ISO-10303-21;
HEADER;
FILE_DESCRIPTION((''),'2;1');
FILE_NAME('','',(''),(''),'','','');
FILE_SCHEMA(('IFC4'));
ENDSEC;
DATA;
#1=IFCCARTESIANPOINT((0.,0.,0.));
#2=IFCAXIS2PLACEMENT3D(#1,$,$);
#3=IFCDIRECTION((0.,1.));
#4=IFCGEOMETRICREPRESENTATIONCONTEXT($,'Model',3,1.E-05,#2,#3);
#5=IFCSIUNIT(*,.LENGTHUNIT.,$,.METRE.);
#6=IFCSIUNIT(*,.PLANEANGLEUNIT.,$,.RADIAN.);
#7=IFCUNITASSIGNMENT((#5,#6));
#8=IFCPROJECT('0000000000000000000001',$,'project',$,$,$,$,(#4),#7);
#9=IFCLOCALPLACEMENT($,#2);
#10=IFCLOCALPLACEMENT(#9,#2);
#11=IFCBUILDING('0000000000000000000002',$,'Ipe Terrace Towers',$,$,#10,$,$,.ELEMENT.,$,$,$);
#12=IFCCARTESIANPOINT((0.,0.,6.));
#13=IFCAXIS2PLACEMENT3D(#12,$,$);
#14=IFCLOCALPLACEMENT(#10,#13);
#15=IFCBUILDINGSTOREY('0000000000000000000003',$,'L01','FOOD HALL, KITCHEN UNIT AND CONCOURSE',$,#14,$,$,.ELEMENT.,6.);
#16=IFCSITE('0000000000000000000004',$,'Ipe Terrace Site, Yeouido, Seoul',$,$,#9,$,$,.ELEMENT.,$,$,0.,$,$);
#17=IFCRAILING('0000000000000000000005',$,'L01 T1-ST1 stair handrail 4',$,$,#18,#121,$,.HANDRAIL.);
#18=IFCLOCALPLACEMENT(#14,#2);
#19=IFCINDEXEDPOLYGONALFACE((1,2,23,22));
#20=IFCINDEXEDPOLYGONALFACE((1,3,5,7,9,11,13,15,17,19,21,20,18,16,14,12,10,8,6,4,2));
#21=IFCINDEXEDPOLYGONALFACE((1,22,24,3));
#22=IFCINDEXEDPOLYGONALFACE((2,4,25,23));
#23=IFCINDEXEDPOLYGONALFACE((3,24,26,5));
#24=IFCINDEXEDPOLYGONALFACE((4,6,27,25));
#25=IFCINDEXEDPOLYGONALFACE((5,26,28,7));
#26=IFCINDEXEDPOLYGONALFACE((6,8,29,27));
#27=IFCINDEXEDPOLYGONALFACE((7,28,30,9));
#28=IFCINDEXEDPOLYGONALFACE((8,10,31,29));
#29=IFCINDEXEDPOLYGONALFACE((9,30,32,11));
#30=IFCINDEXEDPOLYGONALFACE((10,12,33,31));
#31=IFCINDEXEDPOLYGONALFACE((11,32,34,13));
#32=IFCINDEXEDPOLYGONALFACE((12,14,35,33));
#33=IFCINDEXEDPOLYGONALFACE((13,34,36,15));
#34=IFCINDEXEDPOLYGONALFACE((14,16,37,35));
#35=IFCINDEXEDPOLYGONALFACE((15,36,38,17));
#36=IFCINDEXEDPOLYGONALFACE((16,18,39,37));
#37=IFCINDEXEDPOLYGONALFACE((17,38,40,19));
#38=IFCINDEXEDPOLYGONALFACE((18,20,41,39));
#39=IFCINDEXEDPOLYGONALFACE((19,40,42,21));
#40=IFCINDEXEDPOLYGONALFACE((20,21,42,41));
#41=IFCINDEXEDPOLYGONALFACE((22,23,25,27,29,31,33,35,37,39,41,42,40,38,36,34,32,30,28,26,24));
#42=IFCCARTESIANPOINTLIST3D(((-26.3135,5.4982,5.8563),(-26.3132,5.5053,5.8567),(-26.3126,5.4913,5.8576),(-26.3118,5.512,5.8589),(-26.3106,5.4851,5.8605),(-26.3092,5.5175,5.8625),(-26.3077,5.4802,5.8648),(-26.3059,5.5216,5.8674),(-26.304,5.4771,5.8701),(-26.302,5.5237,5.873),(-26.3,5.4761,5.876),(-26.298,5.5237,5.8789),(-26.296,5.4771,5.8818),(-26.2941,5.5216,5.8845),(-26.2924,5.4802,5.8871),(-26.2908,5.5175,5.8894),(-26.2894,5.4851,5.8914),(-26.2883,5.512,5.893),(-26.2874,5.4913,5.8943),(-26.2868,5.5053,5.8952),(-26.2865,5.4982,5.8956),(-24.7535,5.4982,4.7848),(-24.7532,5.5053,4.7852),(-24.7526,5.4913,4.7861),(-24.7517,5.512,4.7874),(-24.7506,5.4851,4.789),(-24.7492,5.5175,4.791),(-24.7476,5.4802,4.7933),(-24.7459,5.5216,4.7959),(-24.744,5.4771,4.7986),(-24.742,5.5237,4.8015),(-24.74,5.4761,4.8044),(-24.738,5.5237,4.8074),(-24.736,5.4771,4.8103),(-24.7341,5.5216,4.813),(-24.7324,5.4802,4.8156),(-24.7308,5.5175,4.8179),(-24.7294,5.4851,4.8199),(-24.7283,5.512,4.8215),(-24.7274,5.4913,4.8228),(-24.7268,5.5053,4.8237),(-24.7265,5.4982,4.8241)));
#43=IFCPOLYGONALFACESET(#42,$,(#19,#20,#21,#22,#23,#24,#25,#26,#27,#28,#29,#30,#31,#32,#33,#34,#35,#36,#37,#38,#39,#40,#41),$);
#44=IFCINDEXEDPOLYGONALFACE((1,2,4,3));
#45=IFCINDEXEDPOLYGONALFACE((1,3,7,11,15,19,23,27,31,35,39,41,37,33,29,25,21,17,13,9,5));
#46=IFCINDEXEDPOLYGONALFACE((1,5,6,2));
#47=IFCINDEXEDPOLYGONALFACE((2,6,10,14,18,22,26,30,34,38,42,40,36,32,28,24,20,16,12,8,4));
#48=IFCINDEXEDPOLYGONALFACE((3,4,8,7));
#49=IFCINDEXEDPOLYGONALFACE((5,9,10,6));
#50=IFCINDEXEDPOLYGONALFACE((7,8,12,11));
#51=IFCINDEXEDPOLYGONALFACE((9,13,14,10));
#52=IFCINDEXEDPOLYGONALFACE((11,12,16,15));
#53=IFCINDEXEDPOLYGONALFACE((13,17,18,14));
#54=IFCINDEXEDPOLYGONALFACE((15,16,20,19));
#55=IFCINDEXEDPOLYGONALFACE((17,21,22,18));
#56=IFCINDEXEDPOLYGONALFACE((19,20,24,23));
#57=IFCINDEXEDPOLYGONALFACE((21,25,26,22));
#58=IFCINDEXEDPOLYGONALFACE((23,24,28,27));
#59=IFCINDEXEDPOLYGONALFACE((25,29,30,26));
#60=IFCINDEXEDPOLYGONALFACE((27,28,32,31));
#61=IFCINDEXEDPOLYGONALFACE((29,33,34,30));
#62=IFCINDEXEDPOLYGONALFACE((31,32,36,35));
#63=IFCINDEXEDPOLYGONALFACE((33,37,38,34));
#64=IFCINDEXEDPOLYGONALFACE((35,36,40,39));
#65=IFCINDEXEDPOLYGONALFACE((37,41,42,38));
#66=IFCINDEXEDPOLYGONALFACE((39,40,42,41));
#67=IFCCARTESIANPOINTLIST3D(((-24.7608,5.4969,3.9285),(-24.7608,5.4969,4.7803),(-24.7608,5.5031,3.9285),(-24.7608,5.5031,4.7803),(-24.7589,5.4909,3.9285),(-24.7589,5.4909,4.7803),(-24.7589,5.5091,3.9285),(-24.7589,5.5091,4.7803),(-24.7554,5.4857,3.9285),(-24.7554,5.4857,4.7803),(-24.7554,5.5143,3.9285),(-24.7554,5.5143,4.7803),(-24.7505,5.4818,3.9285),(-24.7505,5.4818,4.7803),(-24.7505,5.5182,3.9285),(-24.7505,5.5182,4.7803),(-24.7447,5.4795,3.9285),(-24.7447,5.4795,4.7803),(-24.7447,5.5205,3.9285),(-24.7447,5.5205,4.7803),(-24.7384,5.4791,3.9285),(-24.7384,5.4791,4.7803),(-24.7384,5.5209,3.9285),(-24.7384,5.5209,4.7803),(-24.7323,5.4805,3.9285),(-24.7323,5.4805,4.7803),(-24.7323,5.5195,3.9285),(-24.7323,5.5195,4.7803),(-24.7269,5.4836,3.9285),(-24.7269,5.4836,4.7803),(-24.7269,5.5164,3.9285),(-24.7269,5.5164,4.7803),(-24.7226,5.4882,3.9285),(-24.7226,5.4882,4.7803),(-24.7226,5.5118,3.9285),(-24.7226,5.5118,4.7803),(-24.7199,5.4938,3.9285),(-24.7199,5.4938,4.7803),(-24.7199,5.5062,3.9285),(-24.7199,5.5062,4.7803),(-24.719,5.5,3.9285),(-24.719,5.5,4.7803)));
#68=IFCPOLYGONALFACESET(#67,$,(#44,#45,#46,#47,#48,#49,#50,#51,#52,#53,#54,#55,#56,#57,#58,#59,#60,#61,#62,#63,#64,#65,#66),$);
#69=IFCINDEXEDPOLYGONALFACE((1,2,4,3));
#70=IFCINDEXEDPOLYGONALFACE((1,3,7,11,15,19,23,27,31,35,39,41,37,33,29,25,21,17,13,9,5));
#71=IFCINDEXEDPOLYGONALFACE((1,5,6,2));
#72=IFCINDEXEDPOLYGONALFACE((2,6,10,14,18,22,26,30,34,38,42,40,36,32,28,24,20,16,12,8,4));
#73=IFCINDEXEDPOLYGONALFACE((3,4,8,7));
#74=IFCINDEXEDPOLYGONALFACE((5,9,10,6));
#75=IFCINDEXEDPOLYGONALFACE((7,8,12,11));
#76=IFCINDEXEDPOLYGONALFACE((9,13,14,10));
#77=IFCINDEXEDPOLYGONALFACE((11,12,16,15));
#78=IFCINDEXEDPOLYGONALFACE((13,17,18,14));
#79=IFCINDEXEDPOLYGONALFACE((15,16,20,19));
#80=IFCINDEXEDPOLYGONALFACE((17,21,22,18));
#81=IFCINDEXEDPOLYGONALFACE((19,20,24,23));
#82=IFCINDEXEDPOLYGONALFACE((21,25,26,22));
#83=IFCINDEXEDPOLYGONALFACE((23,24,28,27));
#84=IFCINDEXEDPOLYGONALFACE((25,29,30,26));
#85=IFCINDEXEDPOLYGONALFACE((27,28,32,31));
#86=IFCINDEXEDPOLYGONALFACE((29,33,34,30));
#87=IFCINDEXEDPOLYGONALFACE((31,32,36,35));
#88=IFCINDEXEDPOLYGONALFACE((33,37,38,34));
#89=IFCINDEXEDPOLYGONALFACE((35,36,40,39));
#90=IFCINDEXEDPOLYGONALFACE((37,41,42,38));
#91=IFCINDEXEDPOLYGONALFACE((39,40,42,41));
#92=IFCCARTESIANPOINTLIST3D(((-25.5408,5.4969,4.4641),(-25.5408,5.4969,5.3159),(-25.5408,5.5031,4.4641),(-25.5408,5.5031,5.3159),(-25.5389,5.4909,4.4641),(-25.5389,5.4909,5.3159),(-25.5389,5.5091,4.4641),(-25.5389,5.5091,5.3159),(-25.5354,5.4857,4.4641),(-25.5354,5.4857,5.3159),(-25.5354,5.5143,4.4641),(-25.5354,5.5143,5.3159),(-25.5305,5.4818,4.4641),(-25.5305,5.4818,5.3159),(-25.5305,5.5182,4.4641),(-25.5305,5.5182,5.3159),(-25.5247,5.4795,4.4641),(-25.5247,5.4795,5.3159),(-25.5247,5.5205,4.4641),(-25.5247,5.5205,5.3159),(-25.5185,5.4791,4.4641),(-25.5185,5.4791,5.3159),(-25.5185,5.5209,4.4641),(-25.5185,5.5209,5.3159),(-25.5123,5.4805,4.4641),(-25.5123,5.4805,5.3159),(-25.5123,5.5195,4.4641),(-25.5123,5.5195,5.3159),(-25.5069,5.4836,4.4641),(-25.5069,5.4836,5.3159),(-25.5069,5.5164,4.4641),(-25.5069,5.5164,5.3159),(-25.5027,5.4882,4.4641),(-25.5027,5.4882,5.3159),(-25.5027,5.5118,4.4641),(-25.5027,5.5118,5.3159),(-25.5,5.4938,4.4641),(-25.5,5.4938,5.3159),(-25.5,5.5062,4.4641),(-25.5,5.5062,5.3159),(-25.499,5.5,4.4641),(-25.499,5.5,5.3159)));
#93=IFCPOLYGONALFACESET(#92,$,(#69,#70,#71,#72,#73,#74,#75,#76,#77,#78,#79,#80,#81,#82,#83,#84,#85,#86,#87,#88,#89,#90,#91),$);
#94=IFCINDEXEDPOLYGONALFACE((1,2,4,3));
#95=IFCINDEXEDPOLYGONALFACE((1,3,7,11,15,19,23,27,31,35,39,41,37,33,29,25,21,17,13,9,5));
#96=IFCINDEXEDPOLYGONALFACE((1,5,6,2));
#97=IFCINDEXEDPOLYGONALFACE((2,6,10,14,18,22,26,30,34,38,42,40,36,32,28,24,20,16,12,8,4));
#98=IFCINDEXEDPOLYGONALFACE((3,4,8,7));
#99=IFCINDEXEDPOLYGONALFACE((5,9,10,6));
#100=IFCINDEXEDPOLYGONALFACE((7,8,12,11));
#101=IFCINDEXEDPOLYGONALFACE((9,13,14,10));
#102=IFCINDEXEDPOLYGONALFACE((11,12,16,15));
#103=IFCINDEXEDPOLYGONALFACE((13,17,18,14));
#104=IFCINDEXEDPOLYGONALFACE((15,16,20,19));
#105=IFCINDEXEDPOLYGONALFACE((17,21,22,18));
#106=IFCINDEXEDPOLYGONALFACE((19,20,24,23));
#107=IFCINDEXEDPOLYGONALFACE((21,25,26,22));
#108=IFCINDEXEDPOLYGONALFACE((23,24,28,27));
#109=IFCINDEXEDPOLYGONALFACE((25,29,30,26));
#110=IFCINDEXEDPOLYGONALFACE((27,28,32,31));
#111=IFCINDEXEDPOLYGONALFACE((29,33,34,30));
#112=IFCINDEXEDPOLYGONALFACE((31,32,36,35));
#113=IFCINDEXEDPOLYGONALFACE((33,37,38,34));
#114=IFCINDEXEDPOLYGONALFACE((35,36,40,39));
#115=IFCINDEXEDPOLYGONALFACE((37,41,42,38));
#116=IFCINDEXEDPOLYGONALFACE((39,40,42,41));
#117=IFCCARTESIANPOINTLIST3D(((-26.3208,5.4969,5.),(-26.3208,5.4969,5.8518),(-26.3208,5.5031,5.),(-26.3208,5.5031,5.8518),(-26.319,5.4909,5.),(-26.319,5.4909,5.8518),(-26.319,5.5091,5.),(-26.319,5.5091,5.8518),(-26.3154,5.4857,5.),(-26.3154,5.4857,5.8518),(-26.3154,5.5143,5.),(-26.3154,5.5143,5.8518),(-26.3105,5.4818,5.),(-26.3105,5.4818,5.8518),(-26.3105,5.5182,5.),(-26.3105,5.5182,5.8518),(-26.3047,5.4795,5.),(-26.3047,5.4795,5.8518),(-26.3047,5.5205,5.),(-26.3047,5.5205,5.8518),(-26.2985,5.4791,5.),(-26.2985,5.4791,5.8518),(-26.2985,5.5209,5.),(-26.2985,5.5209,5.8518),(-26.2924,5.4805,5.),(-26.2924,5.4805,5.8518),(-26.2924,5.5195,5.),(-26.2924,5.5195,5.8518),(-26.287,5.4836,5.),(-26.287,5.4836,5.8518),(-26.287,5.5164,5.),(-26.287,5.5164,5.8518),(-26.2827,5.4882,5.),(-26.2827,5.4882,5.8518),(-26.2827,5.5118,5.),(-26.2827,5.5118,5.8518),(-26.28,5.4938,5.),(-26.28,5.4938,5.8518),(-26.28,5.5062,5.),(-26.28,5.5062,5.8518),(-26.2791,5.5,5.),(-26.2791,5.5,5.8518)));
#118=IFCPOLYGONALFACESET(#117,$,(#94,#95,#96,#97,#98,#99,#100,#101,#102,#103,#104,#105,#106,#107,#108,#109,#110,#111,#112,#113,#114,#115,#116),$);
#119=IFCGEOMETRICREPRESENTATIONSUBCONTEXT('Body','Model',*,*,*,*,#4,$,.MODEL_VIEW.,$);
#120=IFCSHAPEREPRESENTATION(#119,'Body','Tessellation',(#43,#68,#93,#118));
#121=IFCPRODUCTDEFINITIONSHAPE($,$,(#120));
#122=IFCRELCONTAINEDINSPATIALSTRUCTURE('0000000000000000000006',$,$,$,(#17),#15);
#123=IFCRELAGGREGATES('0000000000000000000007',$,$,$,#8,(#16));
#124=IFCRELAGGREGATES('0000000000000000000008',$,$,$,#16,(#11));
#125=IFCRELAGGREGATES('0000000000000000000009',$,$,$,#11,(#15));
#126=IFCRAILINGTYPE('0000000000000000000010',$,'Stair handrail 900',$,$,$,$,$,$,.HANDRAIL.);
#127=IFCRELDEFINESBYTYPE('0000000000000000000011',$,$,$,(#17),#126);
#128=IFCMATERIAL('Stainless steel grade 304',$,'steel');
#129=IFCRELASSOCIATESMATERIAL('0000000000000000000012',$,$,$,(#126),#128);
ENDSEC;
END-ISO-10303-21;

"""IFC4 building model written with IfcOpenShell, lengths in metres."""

from ifc_helpers import new_model, si_unit, direction, frame, origin, origin_2d, place, context, subcontext, project, spatial, circle, extrude, material, type_object, element, save


model = new_model("IFC4")

# Units and contexts
model_context = context("Model", 3, precision=1e-05, world=origin(), true_north=direction((0.0, 1.0)))
body_context = subcontext(model_context, "Body", "Model", "MODEL_VIEW")
ifc_project = project(units=[si_unit("LENGTHUNIT", "METRE"), si_unit("PLANEANGLEUNIT", "RADIAN")], contexts=[model_context])

# Site, building, storey
site_placement = place(None, origin())
site = spatial("IfcSite", under=ifc_project, at=site_placement, Name="Ipe Terrace Site, Yeouido, Seoul", CompositionType="ELEMENT", RefElevation=0.0)
building_placement = place(site_placement, origin())
building = spatial("IfcBuilding", under=site, at=building_placement, Name="Ipe Terrace Towers", CompositionType="ELEMENT")
storey_placement = place(building_placement, frame((0.0, 0.0, 6.0)))
storey = spatial("IfcBuildingStorey", under=building, at=storey_placement, Name="L01", Description="FOOD HALL, KITCHEN UNIT AND CONCOURSE", CompositionType="ELEMENT", Elevation=6.0)

# Railing
ifc_material_1 = material(Name="Stainless steel grade 304", Category="steel")
railing_type_1 = type_object("IfcRailingType", Name="Stair handrail 900", PredefinedType="HANDRAIL", material=ifc_material_1)
railing_1_placement = place(storey_placement, frame((-24.74, 5.5, 3.9285)))
element("IfcRailing", 1, at=railing_1_placement, inside=storey, type_object=railing_type_1, Name="L01 T1-ST1 stair handrail 4", PredefinedType="HANDRAIL", context=body_context, shape_type="SweptSolid", body=[
    extrude(circle(Radius=0.0239, at=origin_2d()), frame((0.0, 0.0, 0.876), z_axis=(-0.82429, 0.0, 0.566167), x_axis=(0.0, -1.0, 0.0)), (0.0, 0.0, 1.0), 1.8926),
    extrude(circle(Radius=0.021, at=origin_2d()), origin(), (0.0, 0.0, 1.0), 0.8518),
    extrude(circle(Radius=0.021, at=origin_2d()), frame((-0.78, 0.0, 0.5356)), (0.0, 0.0, 1.0), 0.8518),
    extrude(circle(Radius=0.021, at=origin_2d()), frame((-1.5601, 0.0, 1.0715)), (0.0, 0.0, 1.0), 0.8518),
])

save(model, "model.ifc")
